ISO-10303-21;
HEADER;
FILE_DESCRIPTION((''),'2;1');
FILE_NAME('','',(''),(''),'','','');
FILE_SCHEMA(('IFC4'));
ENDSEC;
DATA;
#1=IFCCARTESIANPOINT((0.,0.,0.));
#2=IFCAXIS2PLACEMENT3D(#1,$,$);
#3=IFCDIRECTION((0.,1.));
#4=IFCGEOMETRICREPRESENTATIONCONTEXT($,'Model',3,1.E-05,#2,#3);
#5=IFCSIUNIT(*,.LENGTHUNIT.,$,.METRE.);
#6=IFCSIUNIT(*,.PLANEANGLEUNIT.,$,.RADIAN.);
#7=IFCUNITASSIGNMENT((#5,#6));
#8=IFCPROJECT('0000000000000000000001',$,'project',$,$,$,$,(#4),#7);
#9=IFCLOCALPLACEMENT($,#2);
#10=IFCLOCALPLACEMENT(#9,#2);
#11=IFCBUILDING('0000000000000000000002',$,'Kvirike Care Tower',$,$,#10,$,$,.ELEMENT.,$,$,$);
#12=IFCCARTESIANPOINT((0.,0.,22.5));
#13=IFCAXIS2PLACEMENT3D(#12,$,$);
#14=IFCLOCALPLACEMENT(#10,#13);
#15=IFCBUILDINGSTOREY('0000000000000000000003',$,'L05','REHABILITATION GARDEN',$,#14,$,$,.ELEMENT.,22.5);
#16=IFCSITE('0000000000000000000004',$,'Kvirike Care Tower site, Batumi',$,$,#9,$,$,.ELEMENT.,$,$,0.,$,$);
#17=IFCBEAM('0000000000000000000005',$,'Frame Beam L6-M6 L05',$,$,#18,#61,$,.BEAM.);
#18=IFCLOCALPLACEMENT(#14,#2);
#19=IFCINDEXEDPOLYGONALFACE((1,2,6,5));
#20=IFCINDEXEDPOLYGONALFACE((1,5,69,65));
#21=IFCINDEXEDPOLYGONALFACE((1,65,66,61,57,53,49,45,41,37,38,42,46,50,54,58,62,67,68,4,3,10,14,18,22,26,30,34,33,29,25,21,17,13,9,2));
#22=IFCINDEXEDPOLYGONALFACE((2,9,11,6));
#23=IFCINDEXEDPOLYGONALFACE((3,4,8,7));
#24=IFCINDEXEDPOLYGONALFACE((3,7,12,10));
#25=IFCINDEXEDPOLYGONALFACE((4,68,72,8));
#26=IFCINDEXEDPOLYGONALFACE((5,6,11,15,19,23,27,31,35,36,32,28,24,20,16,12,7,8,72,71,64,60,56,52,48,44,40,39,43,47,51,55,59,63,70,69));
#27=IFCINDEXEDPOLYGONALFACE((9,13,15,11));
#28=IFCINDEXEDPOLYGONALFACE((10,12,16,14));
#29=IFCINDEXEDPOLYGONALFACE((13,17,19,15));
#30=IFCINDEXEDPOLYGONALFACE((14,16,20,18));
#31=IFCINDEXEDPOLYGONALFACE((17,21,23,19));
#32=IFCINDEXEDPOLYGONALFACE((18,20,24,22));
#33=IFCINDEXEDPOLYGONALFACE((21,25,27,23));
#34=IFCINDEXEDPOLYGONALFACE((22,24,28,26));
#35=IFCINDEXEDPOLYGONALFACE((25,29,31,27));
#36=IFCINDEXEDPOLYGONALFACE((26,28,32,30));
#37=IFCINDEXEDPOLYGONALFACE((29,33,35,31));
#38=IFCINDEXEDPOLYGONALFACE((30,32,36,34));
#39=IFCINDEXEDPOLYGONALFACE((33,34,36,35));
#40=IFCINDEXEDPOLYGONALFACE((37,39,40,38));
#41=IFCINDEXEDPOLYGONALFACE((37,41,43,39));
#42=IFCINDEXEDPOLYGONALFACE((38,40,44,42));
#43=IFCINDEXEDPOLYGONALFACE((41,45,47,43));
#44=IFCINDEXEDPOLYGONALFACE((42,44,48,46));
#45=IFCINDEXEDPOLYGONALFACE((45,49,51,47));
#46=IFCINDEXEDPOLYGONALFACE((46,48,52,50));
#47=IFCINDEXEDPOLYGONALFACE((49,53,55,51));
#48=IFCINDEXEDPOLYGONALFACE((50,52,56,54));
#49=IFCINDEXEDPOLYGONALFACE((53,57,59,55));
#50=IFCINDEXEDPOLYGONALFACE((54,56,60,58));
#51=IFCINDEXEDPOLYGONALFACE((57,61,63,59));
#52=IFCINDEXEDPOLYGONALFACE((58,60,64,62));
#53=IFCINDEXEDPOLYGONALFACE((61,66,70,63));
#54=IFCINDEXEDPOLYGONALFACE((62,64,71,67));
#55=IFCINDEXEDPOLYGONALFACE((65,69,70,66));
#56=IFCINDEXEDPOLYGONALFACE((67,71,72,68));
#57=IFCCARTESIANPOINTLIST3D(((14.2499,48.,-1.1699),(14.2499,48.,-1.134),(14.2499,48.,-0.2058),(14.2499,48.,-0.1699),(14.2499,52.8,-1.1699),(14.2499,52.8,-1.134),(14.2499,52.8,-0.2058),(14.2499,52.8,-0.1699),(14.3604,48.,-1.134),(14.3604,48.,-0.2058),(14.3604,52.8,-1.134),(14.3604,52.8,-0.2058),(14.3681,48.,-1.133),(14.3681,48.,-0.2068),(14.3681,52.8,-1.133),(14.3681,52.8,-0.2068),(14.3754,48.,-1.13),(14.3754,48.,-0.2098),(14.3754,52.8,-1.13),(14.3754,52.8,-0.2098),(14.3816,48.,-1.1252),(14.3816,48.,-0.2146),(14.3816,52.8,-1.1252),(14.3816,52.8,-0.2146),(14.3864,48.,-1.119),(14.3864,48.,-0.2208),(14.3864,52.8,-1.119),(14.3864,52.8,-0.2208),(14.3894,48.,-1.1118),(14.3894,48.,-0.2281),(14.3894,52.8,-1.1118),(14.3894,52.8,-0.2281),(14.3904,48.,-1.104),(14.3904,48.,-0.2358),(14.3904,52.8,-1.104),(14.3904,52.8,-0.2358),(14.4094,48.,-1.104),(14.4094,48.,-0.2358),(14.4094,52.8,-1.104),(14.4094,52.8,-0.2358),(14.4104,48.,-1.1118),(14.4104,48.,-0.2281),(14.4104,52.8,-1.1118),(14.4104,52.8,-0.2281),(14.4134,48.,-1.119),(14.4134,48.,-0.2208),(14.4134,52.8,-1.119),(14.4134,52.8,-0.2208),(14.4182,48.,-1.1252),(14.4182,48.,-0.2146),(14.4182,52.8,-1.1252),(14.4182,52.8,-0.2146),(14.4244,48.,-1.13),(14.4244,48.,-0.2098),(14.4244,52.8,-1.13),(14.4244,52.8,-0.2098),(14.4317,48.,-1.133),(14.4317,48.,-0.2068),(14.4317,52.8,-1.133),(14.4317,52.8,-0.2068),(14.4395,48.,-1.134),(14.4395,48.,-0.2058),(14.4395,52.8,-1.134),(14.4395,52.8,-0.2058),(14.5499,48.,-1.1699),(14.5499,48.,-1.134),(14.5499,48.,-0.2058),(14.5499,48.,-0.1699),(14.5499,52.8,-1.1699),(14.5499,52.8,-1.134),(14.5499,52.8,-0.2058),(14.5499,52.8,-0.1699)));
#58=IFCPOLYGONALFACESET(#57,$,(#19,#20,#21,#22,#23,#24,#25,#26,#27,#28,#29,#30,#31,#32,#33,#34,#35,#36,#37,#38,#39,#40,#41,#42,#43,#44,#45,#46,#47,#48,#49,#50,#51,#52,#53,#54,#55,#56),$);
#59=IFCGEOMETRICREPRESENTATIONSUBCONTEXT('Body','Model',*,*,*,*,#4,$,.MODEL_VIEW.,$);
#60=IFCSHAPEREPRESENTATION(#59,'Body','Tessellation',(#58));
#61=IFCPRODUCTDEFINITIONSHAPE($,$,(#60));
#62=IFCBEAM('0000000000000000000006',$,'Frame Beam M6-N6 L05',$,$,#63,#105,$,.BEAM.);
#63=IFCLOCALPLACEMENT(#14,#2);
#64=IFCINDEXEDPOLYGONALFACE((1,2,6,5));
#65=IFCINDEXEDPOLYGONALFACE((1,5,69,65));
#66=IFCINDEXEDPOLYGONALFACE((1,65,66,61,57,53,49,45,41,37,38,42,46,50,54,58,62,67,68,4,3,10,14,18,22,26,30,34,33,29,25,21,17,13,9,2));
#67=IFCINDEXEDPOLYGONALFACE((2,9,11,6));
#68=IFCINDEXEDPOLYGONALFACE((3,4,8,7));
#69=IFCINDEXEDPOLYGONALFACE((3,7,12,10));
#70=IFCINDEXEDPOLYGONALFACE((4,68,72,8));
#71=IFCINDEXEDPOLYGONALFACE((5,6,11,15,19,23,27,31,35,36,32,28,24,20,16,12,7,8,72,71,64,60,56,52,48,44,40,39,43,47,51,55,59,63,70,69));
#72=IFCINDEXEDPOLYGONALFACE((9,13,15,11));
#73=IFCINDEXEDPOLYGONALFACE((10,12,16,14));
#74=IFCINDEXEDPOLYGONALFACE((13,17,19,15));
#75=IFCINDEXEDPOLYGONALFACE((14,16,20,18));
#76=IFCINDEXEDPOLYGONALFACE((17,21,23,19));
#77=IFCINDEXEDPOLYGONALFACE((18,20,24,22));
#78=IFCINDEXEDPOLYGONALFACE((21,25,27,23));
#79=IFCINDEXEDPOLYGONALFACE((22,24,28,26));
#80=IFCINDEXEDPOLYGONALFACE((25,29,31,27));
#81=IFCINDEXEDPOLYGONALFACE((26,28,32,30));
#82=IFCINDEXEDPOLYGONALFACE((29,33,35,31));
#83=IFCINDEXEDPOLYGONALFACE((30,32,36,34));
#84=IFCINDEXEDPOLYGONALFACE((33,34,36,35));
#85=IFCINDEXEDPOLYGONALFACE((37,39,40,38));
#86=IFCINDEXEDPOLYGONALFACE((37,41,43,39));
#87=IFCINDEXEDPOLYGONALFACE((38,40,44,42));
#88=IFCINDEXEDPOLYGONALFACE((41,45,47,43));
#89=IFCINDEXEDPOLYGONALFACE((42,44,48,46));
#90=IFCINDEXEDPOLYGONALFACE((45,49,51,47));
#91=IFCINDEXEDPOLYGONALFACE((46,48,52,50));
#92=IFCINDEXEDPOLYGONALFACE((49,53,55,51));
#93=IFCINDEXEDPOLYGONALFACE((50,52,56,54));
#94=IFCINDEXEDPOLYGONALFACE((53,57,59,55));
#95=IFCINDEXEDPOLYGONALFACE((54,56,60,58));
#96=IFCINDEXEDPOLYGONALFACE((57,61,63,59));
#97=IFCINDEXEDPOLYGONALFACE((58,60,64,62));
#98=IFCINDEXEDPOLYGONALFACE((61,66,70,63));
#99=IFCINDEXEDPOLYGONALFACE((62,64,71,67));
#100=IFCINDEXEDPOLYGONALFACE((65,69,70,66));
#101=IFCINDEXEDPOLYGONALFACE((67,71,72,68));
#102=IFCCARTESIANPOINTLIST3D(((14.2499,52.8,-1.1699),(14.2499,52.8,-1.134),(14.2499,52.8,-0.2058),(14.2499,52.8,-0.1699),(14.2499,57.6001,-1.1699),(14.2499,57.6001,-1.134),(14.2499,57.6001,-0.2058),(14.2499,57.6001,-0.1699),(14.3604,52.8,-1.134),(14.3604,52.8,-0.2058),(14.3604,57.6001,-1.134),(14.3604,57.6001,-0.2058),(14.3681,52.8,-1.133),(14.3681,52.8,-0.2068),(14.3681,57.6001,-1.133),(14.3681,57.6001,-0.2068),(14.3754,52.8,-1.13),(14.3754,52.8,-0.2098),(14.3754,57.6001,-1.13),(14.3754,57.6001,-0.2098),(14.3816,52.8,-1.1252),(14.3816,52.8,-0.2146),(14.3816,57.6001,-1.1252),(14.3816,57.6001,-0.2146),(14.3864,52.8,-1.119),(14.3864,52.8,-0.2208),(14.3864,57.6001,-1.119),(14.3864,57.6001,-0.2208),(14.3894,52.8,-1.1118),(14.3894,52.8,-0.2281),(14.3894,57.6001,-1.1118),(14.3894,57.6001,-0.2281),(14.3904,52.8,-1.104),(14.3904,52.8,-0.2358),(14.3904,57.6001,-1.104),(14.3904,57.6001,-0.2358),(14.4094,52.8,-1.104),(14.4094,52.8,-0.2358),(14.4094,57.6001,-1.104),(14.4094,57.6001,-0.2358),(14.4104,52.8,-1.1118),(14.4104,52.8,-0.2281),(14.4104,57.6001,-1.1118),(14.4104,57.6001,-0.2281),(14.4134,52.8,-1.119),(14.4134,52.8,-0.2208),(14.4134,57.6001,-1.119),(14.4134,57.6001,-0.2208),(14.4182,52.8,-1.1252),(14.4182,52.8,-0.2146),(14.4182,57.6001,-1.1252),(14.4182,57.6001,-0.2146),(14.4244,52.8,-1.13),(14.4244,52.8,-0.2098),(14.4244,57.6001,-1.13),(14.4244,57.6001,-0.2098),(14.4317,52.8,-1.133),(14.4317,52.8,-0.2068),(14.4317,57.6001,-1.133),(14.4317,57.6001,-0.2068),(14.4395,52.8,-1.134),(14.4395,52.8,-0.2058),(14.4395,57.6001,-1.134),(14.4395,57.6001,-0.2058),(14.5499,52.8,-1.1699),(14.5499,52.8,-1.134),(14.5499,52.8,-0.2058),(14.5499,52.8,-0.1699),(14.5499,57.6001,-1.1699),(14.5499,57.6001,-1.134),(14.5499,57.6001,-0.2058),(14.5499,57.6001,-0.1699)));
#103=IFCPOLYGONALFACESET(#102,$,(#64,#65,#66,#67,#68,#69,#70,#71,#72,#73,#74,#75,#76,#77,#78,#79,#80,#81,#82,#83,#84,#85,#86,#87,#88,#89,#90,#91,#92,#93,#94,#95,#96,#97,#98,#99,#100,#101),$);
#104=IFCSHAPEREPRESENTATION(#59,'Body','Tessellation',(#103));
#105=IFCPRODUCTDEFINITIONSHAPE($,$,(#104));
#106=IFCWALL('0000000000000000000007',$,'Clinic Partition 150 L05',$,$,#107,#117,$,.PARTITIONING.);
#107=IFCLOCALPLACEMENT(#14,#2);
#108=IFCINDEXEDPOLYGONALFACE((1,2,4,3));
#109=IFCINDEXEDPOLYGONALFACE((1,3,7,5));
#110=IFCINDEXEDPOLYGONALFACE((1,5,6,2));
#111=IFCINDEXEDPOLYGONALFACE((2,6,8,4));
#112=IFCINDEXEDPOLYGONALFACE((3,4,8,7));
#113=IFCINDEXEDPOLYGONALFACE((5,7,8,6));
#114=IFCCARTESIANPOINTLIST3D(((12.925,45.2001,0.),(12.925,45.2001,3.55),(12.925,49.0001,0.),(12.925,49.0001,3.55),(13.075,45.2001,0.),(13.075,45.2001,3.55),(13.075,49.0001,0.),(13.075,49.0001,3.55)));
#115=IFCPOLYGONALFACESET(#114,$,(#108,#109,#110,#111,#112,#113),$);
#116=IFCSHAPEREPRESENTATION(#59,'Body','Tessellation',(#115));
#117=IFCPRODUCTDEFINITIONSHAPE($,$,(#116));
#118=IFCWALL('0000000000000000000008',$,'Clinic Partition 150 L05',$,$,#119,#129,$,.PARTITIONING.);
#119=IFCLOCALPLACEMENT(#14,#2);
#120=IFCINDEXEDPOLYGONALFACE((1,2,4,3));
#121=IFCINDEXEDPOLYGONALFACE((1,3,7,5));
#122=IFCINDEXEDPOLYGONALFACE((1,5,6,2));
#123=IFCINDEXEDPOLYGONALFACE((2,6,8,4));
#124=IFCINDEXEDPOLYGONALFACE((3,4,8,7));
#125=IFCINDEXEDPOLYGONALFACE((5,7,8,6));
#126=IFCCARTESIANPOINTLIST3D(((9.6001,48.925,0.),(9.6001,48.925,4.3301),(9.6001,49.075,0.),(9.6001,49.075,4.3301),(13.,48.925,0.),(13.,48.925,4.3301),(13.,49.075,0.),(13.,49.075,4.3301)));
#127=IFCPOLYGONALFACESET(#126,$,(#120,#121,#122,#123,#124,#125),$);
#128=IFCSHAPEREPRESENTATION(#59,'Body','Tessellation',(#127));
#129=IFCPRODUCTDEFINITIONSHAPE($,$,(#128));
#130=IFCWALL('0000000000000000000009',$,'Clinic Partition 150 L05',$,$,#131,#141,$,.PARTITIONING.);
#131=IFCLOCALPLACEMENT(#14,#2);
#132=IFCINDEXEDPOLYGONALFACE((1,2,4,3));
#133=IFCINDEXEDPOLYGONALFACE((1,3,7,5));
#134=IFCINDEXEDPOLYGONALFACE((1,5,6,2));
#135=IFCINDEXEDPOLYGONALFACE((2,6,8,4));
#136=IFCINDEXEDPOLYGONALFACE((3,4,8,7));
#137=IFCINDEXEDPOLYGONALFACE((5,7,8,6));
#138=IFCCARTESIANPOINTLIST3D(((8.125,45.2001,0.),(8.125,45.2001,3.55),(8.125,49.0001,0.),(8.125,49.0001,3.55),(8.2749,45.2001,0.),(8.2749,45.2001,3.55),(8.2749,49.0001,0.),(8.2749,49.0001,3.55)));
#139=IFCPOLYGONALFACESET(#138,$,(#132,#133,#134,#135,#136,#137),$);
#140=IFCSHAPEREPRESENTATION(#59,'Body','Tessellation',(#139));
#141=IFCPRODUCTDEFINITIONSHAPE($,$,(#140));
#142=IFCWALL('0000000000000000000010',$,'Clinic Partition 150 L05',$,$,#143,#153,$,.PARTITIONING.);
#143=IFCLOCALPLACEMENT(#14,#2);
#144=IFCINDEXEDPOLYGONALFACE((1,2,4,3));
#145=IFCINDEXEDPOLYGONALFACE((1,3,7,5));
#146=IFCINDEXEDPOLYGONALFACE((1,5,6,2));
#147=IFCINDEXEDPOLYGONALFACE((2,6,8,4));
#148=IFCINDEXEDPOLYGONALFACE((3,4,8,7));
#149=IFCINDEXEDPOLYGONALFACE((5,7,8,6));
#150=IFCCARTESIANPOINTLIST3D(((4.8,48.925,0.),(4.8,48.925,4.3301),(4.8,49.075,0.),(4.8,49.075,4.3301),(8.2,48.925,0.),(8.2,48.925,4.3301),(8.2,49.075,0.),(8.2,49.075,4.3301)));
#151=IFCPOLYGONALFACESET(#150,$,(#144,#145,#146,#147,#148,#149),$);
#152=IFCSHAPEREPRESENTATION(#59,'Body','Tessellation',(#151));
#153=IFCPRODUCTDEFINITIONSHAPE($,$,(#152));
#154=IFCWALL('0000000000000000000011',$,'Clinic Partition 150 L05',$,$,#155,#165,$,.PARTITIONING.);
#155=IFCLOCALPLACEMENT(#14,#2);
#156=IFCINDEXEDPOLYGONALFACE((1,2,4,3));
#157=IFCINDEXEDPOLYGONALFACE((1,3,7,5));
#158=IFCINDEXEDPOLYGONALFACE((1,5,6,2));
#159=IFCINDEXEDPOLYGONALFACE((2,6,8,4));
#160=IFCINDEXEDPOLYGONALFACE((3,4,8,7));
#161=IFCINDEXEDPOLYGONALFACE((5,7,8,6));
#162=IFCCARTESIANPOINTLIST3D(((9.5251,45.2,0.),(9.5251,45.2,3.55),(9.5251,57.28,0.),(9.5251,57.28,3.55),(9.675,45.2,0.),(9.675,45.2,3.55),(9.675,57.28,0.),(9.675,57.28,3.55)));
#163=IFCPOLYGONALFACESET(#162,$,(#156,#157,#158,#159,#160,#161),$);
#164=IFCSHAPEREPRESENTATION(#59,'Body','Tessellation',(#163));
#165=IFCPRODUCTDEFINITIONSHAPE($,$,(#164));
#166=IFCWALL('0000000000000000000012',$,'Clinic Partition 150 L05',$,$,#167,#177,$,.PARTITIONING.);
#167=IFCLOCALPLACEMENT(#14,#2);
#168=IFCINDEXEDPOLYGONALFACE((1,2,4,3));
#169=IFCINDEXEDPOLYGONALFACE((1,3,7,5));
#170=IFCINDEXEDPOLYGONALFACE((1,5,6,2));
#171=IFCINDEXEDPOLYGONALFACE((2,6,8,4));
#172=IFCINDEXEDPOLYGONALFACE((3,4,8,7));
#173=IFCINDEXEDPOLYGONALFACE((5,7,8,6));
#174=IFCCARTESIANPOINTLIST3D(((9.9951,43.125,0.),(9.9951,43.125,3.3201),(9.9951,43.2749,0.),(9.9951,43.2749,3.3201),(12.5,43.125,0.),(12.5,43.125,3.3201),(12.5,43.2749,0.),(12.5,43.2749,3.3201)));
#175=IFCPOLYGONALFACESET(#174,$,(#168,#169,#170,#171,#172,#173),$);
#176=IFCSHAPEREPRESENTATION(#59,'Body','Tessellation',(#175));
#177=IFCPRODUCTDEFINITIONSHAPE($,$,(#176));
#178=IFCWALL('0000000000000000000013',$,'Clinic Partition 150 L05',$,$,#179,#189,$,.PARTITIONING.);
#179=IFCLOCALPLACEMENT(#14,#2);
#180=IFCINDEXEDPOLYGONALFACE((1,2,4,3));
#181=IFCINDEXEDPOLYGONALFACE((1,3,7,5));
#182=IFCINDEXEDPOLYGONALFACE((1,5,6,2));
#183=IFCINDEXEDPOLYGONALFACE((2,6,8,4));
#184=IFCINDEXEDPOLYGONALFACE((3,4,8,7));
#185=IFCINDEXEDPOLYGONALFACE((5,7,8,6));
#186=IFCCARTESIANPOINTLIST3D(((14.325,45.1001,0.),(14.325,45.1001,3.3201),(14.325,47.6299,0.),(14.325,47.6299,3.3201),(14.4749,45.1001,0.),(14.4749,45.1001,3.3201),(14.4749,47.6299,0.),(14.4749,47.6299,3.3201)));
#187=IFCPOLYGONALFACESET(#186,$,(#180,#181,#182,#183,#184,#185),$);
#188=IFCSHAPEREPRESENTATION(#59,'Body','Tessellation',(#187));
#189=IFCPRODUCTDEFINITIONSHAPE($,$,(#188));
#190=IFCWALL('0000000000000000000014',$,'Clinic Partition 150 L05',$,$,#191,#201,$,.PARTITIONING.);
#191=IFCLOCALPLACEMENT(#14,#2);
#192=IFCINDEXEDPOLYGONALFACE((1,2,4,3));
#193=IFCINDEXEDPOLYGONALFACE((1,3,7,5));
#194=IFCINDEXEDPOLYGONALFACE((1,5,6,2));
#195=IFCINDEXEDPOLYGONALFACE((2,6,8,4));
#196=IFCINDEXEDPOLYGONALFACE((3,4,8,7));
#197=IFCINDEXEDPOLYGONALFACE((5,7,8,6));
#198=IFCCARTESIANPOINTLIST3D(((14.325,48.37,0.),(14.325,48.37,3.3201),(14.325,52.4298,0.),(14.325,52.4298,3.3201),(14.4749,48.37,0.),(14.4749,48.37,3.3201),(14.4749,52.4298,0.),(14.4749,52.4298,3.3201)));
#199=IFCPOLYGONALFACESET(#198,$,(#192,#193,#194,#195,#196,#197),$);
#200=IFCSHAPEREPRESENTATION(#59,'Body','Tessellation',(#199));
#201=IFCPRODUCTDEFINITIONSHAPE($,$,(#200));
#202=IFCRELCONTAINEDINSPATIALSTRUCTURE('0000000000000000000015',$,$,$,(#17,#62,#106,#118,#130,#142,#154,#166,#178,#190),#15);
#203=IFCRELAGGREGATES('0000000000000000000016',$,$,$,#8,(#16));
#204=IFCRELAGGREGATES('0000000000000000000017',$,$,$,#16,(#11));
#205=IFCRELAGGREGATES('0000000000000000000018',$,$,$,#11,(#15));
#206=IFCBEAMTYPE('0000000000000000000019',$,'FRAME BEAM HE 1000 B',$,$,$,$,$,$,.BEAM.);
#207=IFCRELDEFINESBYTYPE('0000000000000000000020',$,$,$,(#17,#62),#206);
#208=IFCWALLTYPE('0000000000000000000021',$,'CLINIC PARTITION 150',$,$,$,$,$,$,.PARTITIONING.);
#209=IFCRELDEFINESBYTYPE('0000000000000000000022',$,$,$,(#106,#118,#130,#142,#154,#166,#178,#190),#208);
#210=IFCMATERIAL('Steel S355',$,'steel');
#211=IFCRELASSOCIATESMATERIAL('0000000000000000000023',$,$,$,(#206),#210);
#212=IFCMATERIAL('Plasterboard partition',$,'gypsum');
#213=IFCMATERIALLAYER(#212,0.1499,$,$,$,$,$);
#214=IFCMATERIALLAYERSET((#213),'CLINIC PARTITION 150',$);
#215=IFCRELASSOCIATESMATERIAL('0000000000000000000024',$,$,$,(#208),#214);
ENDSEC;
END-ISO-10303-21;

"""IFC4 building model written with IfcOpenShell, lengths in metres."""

from ifc_helpers import new_model, si_unit, direction, frame, frame_2d, origin, origin_2d, place, context, subcontext, project, spatial, rectangle, i_section, extrude, material, layer, layer_set, material_profile, profile_set, type_object, element, save


model = new_model("IFC4")

# Units and contexts
model_context = context("Model", 3, precision=1e-05, world=origin(), true_north=direction((0.0, 1.0)))
body_context = subcontext(model_context, "Body", "Model", "MODEL_VIEW")
ifc_project = project(units=[si_unit("LENGTHUNIT", "METRE"), si_unit("PLANEANGLEUNIT", "RADIAN")], contexts=[model_context])

# Site, building, storey
site_placement = place(None, origin())
site = spatial("IfcSite", under=ifc_project, at=site_placement, Name="Kvirike Care Tower site, Batumi", CompositionType="ELEMENT", RefElevation=0.0)
building_placement = place(site_placement, origin())
building = spatial("IfcBuilding", under=site, at=building_placement, Name="Kvirike Care Tower", CompositionType="ELEMENT")
storey_placement = place(building_placement, frame((0.0, 0.0, 22.5)))
storey = spatial("IfcBuildingStorey", under=building, at=storey_placement, Name="L05", Description="REHABILITATION GARDEN", CompositionType="ELEMENT", Elevation=22.5)

# Beams
ifc_material_1 = material(Name="Steel S355", Category="steel")
ifc_material_profile_1 = material_profile(ifc_material_1, i_section(OverallWidth=0.3, OverallDepth=1.0, WebThickness=0.019, FlangeThickness=0.0359, FilletRadius=0.03, at=origin_2d()), Name="HE 1000 B")
ifc_profile_set_1 = profile_set([ifc_material_profile_1], Name="Steel S355")
beam_type_1 = type_object("IfcBeamType", Name="FRAME BEAM HE 1000 B", PredefinedType="BEAM", material=ifc_profile_set_1)
for number, where, z_axis, x_axis, name in (
    (1, (14.3999, 48.0, -0.6699), (0.0, 1.0, 0.0), (-1.0, 0.0, 0.0), "Frame Beam L6-M6 L05"),
    (2, (14.3999, 52.8, -0.6699), (0.0, 1.0, 0.0), (-1.0, 0.0, 0.0), "Frame Beam M6-N6 L05"),
):
    element("IfcBeam", number, at=place(storey_placement, frame(where, z_axis=z_axis, x_axis=x_axis)), inside=storey, type_object=beam_type_1, Name=name, PredefinedType="BEAM", context=body_context, shape_type="SweptSolid", body=[
        extrude(i_section(OverallWidth=0.3, OverallDepth=1.0, WebThickness=0.019, FlangeThickness=0.0359, FilletRadius=0.03, at=origin_2d()), origin(), (0.0, 0.0, 1.0), 4.8),
    ])

# Walls
ifc_material_2 = material(Name="Plasterboard partition", Category="gypsum")
ifc_layer_1 = layer(ifc_material_2, 0.1499)
ifc_layer_set_1 = layer_set([ifc_layer_1], Name="CLINIC PARTITION 150")
wall_type_1 = type_object("IfcWallType", Name="CLINIC PARTITION 150", PredefinedType="PARTITIONING", material=ifc_layer_set_1)
wall_1_placement = place(storey_placement, frame((13.0, 49.0, 0.0), z_axis=(0.0, 0.0, 1.0), x_axis=(0.0, -1.0, 0.0)))
element("IfcWall", 3, at=wall_1_placement, inside=storey, type_object=wall_type_1, Name="Clinic Partition 150 L05", PredefinedType="PARTITIONING", context=body_context, shape_type="SweptSolid", body=[
    extrude(rectangle(XDim=3.8, YDim=0.1499, at=frame_2d((1.8999, 0.0))), origin(), (0.0, 0.0, 1.0), 3.55),
])
wall_2_placement = place(storey_placement, frame((13.0, 49.0, 0.0), z_axis=(0.0, 0.0, 1.0), x_axis=(-1.0, 0.0, 0.0)))
element("IfcWall", 4, at=wall_2_placement, inside=storey, type_object=wall_type_1, Name="Clinic Partition 150 L05", PredefinedType="PARTITIONING", context=body_context, shape_type="SweptSolid", body=[
    extrude(rectangle(XDim=3.3999, YDim=0.1499, at=frame_2d((1.7, 0.0))), origin(), (0.0, 0.0, 1.0), 4.3301),
])
wall_3_placement = place(storey_placement, frame((8.2, 49.0, 0.0), z_axis=(0.0, 0.0, 1.0), x_axis=(0.0, -1.0, 0.0)))
element("IfcWall", 5, at=wall_3_placement, inside=storey, type_object=wall_type_1, Name="Clinic Partition 150 L05", PredefinedType="PARTITIONING", context=body_context, shape_type="SweptSolid", body=[
    extrude(rectangle(XDim=3.8, YDim=0.1499, at=frame_2d((1.8999, 0.0))), origin(), (0.0, 0.0, 1.0), 3.55),
])
wall_4_placement = place(storey_placement, frame((8.2, 49.0, 0.0), z_axis=(0.0, 0.0, 1.0), x_axis=(-1.0, 0.0, 0.0)))
element("IfcWall", 6, at=wall_4_placement, inside=storey, type_object=wall_type_1, Name="Clinic Partition 150 L05", PredefinedType="PARTITIONING", context=body_context, shape_type="SweptSolid", body=[
    extrude(rectangle(XDim=3.3999, YDim=0.1499, at=frame_2d((1.7, 0.0))), origin(), (0.0, 0.0, 1.0), 4.3301),
])
wall_5_placement = place(storey_placement, frame((9.6001, 57.28, 0.0), z_axis=(0.0, 0.0, 1.0), x_axis=(0.0, -1.0, 0.0)))
element("IfcWall", 7, at=wall_5_placement, inside=storey, type_object=wall_type_1, Name="Clinic Partition 150 L05", PredefinedType="PARTITIONING", context=body_context, shape_type="SweptSolid", body=[
    extrude(rectangle(XDim=12.0801, YDim=0.1499, at=frame_2d((6.04, 0.0))), origin(), (0.0, 0.0, 1.0), 3.55),
])
wall_6_placement = place(storey_placement, frame((12.5, 43.2, 0.0), z_axis=(0.0, 0.0, 1.0), x_axis=(-1.0, 0.0, 0.0)))
element("IfcWall", 8, at=wall_6_placement, inside=storey, type_object=wall_type_1, Name="Clinic Partition 150 L05", PredefinedType="PARTITIONING", context=body_context, shape_type="SweptSolid", body=[
    extrude(rectangle(XDim=2.5049, YDim=0.1499, at=frame_2d((1.2524, 0.0))), origin(), (0.0, 0.0, 1.0), 3.3201),
])
wall_7_placement = place(storey_placement, frame((14.3999, 45.1001, 0.0), z_axis=(0.0, 0.0, 1.0), x_axis=(0.0, 1.0, 0.0)))
element("IfcWall", 9, at=wall_7_placement, inside=storey, type_object=wall_type_1, Name="Clinic Partition 150 L05", PredefinedType="PARTITIONING", context=body_context, shape_type="SweptSolid", body=[
    extrude(rectangle(XDim=2.5298, YDim=0.1499, at=frame_2d((1.2649, 0.0))), origin(), (0.0, 0.0, 1.0), 3.3201),
])
wall_8_placement = place(storey_placement, frame((14.3999, 48.3701, 0.0), z_axis=(0.0, 0.0, 1.0), x_axis=(0.0, 1.0, 0.0)))
element("IfcWall", 10, at=wall_8_placement, inside=storey, type_object=wall_type_1, Name="Clinic Partition 150 L05", PredefinedType="PARTITIONING", context=body_context, shape_type="SweptSolid", body=[
    extrude(rectangle(XDim=4.0598, YDim=0.1499, at=frame_2d((2.0298, 0.0))), origin(), (0.0, 0.0, 1.0), 3.3201),
])

save(model, "model.ifc")
